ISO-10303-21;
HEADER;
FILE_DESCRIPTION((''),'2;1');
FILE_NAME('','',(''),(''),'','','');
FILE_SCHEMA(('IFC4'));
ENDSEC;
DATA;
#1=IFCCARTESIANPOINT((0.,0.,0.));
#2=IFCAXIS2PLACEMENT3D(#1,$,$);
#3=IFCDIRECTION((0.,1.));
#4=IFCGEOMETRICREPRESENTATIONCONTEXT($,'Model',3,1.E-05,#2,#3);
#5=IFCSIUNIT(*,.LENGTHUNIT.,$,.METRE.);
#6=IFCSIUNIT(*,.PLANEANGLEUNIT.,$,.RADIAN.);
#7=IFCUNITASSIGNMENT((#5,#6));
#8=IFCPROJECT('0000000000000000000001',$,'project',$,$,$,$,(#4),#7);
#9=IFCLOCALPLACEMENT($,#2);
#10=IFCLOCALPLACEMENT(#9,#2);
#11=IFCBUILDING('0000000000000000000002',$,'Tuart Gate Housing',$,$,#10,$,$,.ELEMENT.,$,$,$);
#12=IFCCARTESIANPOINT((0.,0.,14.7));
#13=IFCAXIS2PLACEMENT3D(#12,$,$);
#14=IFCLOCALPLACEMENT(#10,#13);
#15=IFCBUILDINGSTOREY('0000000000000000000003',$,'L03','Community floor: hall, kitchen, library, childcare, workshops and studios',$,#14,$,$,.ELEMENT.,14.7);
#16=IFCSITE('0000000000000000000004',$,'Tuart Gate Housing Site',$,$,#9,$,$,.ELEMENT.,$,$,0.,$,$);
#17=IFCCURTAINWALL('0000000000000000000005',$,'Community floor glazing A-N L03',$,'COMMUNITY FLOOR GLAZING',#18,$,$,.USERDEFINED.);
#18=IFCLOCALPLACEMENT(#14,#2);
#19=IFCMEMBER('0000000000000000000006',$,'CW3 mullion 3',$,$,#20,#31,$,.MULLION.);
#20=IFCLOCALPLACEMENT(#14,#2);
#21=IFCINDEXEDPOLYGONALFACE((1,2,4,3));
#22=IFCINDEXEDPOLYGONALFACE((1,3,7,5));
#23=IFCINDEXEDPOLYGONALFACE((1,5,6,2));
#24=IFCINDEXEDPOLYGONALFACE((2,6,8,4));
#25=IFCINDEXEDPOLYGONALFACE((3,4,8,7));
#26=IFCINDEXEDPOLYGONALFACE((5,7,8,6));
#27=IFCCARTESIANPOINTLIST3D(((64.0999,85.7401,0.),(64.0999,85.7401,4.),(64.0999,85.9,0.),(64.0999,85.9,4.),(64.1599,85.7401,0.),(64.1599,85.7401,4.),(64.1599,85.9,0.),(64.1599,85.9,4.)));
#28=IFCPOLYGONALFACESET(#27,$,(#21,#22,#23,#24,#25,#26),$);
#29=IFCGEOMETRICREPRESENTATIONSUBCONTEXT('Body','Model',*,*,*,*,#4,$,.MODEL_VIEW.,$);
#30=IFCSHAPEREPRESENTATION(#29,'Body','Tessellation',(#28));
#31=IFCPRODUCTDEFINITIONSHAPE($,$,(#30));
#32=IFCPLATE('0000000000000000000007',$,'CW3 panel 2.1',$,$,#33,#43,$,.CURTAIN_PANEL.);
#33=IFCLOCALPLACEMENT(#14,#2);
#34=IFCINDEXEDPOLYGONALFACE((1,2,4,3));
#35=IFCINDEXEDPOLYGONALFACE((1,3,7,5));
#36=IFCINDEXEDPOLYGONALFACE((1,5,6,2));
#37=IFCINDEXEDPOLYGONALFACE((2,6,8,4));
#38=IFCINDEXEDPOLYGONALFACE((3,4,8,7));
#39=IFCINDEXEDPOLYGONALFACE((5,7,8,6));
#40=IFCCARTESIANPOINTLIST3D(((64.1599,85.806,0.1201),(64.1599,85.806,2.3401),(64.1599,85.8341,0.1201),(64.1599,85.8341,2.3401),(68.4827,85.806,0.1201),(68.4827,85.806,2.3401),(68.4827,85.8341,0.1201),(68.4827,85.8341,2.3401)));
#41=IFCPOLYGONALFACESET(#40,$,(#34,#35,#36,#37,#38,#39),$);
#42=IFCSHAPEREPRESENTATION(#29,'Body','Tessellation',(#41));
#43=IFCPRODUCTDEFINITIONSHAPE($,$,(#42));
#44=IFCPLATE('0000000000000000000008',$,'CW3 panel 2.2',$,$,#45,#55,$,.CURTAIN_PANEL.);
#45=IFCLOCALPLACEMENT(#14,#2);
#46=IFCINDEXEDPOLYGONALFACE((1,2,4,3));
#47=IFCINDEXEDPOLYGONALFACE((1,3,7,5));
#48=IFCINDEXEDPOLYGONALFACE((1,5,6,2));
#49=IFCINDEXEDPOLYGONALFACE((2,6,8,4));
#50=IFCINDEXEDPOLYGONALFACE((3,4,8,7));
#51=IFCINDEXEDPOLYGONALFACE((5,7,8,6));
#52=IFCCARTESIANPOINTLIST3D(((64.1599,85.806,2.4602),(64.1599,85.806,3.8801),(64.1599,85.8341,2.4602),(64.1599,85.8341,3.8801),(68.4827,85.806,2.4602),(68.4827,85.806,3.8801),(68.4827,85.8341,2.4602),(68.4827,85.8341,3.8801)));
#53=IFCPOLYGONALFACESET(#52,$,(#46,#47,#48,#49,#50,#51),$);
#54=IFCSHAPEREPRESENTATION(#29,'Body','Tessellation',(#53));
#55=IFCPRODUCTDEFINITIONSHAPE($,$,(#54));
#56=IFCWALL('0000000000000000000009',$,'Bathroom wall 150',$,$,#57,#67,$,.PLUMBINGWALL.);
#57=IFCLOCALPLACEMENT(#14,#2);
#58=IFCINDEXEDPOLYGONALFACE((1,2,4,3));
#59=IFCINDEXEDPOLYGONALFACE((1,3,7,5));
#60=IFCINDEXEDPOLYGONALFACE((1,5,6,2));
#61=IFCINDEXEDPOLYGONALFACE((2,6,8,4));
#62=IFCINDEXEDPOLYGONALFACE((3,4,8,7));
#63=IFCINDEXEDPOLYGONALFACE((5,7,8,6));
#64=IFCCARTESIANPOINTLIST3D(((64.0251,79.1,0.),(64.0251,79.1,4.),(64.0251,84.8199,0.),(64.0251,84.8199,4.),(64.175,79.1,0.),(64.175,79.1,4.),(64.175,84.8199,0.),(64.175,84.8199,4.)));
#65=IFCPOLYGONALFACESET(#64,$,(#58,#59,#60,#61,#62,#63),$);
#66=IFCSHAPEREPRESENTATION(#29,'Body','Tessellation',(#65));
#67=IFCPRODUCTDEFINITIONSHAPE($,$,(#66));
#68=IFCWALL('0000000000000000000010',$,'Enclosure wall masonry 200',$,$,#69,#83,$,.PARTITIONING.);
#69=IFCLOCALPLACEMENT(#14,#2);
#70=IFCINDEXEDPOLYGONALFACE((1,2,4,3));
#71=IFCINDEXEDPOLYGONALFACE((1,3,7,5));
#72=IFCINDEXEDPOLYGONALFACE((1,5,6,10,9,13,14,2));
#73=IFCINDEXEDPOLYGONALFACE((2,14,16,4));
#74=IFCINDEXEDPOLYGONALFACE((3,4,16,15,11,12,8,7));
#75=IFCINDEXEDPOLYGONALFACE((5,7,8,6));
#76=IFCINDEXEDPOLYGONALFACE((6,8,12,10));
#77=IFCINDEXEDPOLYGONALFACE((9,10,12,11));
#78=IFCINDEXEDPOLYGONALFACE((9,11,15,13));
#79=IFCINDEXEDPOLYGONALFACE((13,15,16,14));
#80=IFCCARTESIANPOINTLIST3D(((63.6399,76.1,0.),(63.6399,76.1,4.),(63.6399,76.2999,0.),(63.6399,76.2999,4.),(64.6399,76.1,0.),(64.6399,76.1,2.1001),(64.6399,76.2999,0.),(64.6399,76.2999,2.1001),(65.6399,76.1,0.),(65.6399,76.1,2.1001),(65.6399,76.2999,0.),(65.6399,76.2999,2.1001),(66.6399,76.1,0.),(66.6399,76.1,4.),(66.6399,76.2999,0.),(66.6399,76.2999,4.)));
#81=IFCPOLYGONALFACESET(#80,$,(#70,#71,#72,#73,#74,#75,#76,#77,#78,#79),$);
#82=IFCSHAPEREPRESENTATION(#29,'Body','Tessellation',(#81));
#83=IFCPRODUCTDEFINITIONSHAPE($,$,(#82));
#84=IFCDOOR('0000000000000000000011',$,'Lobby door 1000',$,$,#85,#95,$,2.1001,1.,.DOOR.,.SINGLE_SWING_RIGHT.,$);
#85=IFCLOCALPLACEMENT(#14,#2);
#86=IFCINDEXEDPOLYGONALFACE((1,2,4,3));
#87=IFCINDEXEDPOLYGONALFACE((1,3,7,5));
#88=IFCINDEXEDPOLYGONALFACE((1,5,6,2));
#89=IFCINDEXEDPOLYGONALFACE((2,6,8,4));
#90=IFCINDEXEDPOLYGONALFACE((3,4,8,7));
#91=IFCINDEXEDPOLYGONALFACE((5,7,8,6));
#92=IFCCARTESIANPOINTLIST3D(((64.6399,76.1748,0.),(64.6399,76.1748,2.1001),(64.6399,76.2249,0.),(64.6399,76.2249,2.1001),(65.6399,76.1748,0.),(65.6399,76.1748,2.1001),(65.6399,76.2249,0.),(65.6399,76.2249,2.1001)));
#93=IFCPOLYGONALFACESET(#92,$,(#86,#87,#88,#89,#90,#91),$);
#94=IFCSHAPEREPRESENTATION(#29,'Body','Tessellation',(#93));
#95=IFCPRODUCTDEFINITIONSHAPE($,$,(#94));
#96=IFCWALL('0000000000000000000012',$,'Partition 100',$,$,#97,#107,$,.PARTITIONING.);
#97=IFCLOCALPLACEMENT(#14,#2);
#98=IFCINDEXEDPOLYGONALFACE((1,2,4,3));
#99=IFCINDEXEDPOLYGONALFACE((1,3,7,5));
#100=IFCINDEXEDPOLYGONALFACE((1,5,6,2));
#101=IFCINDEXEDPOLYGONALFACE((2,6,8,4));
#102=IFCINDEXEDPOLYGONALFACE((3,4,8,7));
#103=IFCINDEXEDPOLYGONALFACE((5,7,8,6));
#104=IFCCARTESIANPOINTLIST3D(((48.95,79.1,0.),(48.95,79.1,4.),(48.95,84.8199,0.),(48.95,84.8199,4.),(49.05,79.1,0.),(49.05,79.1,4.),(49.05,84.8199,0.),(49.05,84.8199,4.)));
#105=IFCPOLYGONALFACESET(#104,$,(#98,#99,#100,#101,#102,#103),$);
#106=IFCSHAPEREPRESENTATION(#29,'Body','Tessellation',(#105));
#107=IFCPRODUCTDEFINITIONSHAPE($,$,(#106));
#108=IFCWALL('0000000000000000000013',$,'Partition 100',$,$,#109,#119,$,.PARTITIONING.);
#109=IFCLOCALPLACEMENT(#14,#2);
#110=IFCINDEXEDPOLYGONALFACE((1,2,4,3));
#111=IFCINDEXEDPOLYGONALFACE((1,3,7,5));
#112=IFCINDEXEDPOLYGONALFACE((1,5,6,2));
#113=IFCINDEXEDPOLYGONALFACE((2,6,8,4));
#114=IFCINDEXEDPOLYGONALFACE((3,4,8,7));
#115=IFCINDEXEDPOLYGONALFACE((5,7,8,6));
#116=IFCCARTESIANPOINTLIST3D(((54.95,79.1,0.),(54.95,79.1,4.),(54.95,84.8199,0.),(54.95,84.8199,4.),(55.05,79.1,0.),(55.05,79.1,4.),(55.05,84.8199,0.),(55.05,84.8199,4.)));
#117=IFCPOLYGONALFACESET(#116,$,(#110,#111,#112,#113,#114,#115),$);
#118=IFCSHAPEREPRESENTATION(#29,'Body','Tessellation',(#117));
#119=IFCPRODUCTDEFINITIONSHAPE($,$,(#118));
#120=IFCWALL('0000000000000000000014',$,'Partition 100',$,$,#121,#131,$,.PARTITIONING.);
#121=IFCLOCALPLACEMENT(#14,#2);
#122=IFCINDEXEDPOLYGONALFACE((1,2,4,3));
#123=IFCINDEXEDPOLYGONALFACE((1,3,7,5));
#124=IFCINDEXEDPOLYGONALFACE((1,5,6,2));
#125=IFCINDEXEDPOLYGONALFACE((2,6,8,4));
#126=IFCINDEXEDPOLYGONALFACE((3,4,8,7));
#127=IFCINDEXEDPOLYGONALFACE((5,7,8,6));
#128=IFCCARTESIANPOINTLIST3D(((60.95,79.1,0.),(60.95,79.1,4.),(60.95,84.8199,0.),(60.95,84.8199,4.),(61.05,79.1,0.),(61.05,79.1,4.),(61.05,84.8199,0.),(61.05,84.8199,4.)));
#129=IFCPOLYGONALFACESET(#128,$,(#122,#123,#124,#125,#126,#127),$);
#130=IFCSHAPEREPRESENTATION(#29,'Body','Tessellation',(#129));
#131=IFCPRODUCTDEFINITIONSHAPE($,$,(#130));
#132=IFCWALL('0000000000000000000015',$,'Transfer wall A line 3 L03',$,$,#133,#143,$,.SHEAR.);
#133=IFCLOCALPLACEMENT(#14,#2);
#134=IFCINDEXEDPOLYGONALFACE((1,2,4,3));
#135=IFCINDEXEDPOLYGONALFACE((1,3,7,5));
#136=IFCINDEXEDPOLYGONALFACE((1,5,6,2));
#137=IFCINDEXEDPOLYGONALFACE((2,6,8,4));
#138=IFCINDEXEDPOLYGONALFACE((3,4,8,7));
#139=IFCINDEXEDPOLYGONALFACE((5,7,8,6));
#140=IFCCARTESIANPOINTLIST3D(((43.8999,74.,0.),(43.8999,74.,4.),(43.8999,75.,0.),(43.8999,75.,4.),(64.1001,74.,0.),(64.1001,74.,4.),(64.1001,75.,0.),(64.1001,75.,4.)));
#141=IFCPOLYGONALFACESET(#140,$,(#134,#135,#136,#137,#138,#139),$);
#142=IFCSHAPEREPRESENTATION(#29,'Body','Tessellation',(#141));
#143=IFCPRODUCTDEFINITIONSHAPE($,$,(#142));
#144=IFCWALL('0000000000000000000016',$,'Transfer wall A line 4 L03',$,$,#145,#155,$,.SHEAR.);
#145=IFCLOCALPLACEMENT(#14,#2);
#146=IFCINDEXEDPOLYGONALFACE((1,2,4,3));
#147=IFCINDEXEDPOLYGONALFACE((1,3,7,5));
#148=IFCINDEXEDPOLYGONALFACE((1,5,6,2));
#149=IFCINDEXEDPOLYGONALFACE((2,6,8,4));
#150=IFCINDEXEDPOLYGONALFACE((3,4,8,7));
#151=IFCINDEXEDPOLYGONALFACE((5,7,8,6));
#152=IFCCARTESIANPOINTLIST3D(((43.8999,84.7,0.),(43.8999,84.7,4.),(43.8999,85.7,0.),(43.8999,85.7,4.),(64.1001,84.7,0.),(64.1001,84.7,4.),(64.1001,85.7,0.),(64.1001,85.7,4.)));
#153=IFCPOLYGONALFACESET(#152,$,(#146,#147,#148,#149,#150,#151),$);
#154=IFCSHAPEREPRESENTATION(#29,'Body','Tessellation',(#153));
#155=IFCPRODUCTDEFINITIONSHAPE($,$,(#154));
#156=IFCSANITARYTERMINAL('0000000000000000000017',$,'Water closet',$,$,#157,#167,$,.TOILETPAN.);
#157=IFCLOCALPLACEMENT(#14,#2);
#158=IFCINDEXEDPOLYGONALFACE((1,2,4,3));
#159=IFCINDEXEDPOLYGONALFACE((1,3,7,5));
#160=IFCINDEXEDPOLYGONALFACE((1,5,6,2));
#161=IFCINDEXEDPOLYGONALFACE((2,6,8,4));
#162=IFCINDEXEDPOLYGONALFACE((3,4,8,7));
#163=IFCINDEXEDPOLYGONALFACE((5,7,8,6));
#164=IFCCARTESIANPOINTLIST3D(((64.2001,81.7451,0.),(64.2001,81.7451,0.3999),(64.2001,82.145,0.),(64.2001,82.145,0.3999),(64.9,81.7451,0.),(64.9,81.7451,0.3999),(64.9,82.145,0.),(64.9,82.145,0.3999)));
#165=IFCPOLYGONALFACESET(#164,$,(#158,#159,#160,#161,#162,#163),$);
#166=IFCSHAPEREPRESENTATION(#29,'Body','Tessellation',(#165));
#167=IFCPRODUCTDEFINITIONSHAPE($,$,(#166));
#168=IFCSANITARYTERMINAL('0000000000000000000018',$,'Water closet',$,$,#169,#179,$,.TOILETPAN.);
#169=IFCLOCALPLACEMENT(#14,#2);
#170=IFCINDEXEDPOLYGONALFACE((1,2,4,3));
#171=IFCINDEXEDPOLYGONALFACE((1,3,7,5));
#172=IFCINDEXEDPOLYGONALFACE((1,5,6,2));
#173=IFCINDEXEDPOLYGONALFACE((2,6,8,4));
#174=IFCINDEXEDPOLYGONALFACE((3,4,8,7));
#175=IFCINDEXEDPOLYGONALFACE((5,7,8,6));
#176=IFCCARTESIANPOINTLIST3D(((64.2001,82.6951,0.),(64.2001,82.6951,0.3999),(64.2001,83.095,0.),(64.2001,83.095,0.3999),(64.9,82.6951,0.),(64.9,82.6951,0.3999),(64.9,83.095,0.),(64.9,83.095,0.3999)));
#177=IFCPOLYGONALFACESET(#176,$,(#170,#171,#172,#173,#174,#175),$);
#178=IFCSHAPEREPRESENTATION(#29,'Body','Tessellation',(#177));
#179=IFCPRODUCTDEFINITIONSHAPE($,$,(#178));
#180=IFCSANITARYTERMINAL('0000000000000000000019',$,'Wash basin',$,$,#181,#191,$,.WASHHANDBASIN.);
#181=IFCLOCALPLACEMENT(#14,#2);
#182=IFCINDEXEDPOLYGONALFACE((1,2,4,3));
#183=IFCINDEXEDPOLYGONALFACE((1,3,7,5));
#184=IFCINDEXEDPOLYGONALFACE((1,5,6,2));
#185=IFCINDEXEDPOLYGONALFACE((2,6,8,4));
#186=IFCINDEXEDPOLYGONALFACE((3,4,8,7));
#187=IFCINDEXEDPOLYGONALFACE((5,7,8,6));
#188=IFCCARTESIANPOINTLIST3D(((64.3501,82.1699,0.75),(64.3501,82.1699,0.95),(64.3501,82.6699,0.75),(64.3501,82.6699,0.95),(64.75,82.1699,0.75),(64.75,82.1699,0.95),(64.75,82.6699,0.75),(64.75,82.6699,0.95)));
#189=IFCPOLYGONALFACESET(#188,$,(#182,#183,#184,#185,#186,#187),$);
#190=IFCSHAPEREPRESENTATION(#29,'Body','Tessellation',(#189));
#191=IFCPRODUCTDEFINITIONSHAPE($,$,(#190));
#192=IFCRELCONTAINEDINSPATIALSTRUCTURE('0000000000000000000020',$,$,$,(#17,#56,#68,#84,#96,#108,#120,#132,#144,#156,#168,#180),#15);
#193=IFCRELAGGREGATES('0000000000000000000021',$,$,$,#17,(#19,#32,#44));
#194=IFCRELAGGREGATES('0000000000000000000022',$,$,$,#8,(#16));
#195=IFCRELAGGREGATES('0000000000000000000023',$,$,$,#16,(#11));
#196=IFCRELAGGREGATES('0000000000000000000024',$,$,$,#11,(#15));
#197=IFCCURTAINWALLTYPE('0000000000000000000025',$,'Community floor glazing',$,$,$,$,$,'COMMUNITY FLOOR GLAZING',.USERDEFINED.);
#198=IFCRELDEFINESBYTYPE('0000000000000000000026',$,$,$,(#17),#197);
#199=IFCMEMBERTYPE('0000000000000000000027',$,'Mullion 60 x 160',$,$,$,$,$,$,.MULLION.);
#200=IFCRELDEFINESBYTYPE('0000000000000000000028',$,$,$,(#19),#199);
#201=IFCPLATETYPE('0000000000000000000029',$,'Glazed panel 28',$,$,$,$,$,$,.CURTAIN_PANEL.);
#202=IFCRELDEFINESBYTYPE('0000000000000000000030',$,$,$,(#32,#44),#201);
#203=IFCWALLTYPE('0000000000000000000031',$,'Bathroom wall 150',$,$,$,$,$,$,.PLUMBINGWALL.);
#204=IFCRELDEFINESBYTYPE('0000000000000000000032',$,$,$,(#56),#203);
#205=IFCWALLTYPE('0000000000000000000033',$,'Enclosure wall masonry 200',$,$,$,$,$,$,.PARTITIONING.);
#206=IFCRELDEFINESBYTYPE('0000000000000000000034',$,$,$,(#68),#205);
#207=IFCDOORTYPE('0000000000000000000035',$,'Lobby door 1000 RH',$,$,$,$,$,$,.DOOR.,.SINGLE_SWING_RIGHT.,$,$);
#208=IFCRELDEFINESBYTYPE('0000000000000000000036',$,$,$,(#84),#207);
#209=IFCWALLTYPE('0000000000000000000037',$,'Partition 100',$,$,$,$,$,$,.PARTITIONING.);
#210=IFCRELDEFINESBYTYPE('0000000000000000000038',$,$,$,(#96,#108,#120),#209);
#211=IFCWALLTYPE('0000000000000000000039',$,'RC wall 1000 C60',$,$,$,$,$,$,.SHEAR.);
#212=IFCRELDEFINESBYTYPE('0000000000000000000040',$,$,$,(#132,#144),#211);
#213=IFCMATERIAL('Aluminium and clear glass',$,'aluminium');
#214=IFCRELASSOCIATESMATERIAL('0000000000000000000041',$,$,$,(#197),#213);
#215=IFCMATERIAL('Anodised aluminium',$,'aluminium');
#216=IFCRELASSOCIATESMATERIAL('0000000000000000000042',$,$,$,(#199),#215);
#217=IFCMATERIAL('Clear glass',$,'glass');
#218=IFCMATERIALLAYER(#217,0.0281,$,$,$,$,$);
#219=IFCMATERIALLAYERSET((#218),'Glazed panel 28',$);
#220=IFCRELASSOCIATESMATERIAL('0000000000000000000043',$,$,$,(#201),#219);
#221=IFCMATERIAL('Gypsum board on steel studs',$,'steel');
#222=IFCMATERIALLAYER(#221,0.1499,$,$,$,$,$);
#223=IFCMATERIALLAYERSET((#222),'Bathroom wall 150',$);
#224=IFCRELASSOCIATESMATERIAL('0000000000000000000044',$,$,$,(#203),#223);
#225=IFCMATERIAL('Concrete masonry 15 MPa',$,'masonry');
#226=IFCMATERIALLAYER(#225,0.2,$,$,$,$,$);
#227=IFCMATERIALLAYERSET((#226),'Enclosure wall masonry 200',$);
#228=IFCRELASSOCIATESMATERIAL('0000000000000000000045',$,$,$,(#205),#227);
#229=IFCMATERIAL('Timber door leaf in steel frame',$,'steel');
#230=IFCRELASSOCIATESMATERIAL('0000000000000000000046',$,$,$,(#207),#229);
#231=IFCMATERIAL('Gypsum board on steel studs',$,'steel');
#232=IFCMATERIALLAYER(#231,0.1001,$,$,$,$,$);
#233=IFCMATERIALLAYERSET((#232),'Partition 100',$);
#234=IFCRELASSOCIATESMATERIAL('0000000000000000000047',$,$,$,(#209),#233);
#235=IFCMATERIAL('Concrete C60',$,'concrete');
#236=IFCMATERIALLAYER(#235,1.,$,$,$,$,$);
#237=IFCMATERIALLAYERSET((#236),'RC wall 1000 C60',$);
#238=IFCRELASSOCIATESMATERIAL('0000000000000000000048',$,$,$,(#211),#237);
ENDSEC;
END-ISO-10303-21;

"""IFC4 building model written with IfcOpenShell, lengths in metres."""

from ifc_helpers import new_model, si_unit, direction, frame, frame_2d, origin, origin_2d, place, context, subcontext, project, spatial, rectangle, extrude, material, layer, layer_set, material_profile, profile_set, type_object, element, fill, aggregate, save


model = new_model("IFC4")

# Units and contexts
model_context = context("Model", 3, precision=1e-05, world=origin(), true_north=direction((0.0, 1.0)))
body_context = subcontext(model_context, "Body", "Model", "MODEL_VIEW")
ifc_project = project(units=[si_unit("LENGTHUNIT", "METRE"), si_unit("PLANEANGLEUNIT", "RADIAN")], contexts=[model_context])

# Site, building, storey
site_placement = place(None, origin())
site = spatial("IfcSite", under=ifc_project, at=site_placement, Name="Tuart Gate Housing Site", CompositionType="ELEMENT", RefElevation=0.0)
building_placement = place(site_placement, origin())
building = spatial("IfcBuilding", under=site, at=building_placement, Name="Tuart Gate Housing", CompositionType="ELEMENT")
storey_placement = place(building_placement, frame((0.0, 0.0, 14.7)))
storey = spatial("IfcBuildingStorey", under=building, at=storey_placement, Name="L03", Description="Community floor: hall, kitchen, library, childcare, workshops and studios", CompositionType="ELEMENT", Elevation=14.7)

# Curtain wall, member, plates
ifc_material_1 = material(Name="Aluminium and clear glass", Category="aluminium")
curtain_wall_type = type_object("IfcCurtainWallType", Name="Community floor glazing", ElementType="COMMUNITY FLOOR GLAZING", PredefinedType="USERDEFINED", material=ifc_material_1)
curtain_wall_placement = place(storey_placement, origin())
curtain_wall = element("IfcCurtainWall", 1, at=curtain_wall_placement, inside=storey, type_object=curtain_wall_type, Name="Community floor glazing A-N L03", ObjectType="COMMUNITY FLOOR GLAZING", PredefinedType="USERDEFINED")
ifc_material_2 = material(Name="Anodised aluminium", Category="aluminium")
ifc_material_profile = material_profile(ifc_material_2, rectangle(XDim=0.0601, YDim=0.1599, at=origin_2d()), Name="60x160")
ifc_profile_set = profile_set([ifc_material_profile], Name="Anodised aluminium")
member_type = type_object("IfcMemberType", Name="Mullion 60 x 160", PredefinedType="MULLION", material=ifc_profile_set)
member_placement = place(storey_placement, frame((64.1299, 85.8201, 0.0), z_axis=(0.0, 0.0, 1.0), x_axis=(-1.0, 0.0, 0.0)))
member = element("IfcMember", 2, at=member_placement, type_object=member_type, Name="CW3 mullion 3", PredefinedType="MULLION", context=body_context, shape_type="SweptSolid", body=[
    extrude(rectangle(XDim=0.0601, YDim=0.1599, at=origin_2d()), origin(), (0.0, 0.0, 1.0), 4.0),
])
ifc_material_3 = material(Name="Clear glass", Category="glass")
ifc_layer_1 = layer(ifc_material_3, 0.0281)
ifc_layer_set_1 = layer_set([ifc_layer_1], Name="Glazed panel 28")
plate_type = type_object("IfcPlateType", Name="Glazed panel 28", PredefinedType="CURTAIN_PANEL", material=ifc_layer_set_1)
plate_1_placement = place(storey_placement, frame((66.3213, 85.8201, 0.1201), z_axis=(0.0, 0.0, 1.0), x_axis=(-1.0, 0.0, 0.0)))
plate_1 = element("IfcPlate", 3, at=plate_1_placement, type_object=plate_type, Name="CW3 panel 2.1", PredefinedType="CURTAIN_PANEL", context=body_context, shape_type="SweptSolid", body=[
    extrude(rectangle(XDim=4.3228, YDim=0.0281, at=origin_2d()), origin(), (0.0, 0.0, 1.0), 2.22),
])
plate_2_placement = place(storey_placement, frame((66.3213, 85.8201, 2.4602), z_axis=(0.0, 0.0, 1.0), x_axis=(-1.0, 0.0, 0.0)))
plate_2 = element("IfcPlate", 4, at=plate_2_placement, type_object=plate_type, Name="CW3 panel 2.2", PredefinedType="CURTAIN_PANEL", context=body_context, shape_type="SweptSolid", body=[
    extrude(rectangle(XDim=4.3228, YDim=0.0281, at=origin_2d()), origin(), (0.0, 0.0, 1.0), 1.4199),
])
aggregate(curtain_wall, [member, plate_1, plate_2])

# Wall
ifc_material_4 = material(Name="Gypsum board on steel studs", Category="steel")
ifc_layer_2 = layer(ifc_material_4, 0.1499)
ifc_layer_set_2 = layer_set([ifc_layer_2], Name="Bathroom wall 150")
wall_type_1 = type_object("IfcWallType", Name="Bathroom wall 150", PredefinedType="PLUMBINGWALL", material=ifc_layer_set_2)
wall_1_placement = place(storey_placement, frame((64.1001, 79.1001, 0.0), z_axis=(0.0, 0.0, 1.0), x_axis=(0.0, 1.0, 0.0)))
element("IfcWall", 5, at=wall_1_placement, inside=storey, type_object=wall_type_1, Name="Bathroom wall 150", PredefinedType="PLUMBINGWALL", context=body_context, shape_type="SweptSolid", body=[
    extrude(rectangle(XDim=5.72, YDim=0.1499, at=frame_2d((2.8599, 0.0))), origin(), (0.0, 0.0, 1.0), 4.0),
])

# Wall, opening, door
ifc_material_5 = material(Name="Concrete masonry 15 MPa", Category="masonry")
ifc_layer_3 = layer(ifc_material_5, 0.2)
ifc_layer_set_3 = layer_set([ifc_layer_3], Name="Enclosure wall masonry 200")
wall_type_2 = type_object("IfcWallType", Name="Enclosure wall masonry 200", PredefinedType="PARTITIONING", material=ifc_layer_set_3)
wall_2_placement = place(storey_placement, frame((63.6399, 76.2, 0.0), z_axis=(0.0, 0.0, 1.0), x_axis=(1.0, 0.0, 0.0)))
wall_2 = element("IfcWall", 6, at=wall_2_placement, inside=storey, type_object=wall_type_2, Name="Enclosure wall masonry 200", PredefinedType="PARTITIONING", context=body_context, shape_type="SweptSolid", body=[
    extrude(rectangle(XDim=3.0, YDim=0.2, at=frame_2d((1.5, 0.0))), origin(), (0.0, 0.0, 1.0), 4.0),
])
opening_placement = place(wall_2_placement, frame((1.0, 0.0, 0.0)))
opening = element("IfcOpeningElement", 7, at=opening_placement, cuts=wall_2, PredefinedType="OPENING", context=body_context, shape_type="SweptSolid", body=[
    extrude(rectangle(XDim=1.0, YDim=2.1001, at=frame_2d((0.5, 1.05))), frame((0.0, 0.1099, 0.0), z_axis=(0.0, -1.0, 0.0), x_axis=(1.0, 0.0, 0.0)), (0.0, 0.0, 1.0), 0.22),
])
ifc_material_6 = material(Name="Timber door leaf in steel frame", Category="steel")
door_type = type_object("IfcDoorType", Name="Lobby door 1000 RH", OperationType="SINGLE_SWING_RIGHT", PredefinedType="DOOR", material=ifc_material_6)
door_placement = place(opening_placement, frame((1.0, 0.0, 0.0), z_axis=(0.0, 0.0, 1.0), x_axis=(-1.0, 0.0, 0.0)))
door = element("IfcDoor", 8, at=door_placement, inside=storey, type_object=door_type, Name="Lobby door 1000", OperationType="SINGLE_SWING_RIGHT", OverallHeight=2.1001, OverallWidth=1.0, PredefinedType="DOOR", context=body_context, shape_type="SweptSolid", body=[
    extrude(rectangle(XDim=1.0, YDim=2.1001, at=frame_2d((0.5, 1.05))), frame((0.0, 0.0251, 0.0), z_axis=(0.0, -1.0, 0.0), x_axis=(1.0, 0.0, 0.0)), (0.0, 0.0, 1.0), 0.05),
])
fill(opening, door)

# Walls
ifc_material_7 = material(Name="Gypsum board on steel studs", Category="steel")
ifc_layer_4 = layer(ifc_material_7, 0.1001)
ifc_layer_set_4 = layer_set([ifc_layer_4], Name="Partition 100")
wall_type_3 = type_object("IfcWallType", Name="Partition 100", PredefinedType="PARTITIONING", material=ifc_layer_set_4)
for number, where, z_axis, x_axis, name in (
    (9, (49.0, 79.1001, 0.0), (0.0, 0.0, 1.0), (0.0, 1.0, 0.0), "Partition 100"),
    (10, (55.0, 79.1001, 0.0), (0.0, 0.0, 1.0), (0.0, 1.0, 0.0), "Partition 100"),
    (11, (61.0, 79.1001, 0.0), (0.0, 0.0, 1.0), (0.0, 1.0, 0.0), "Partition 100"),
):
    element("IfcWall", number, at=place(storey_placement, frame(where, z_axis=z_axis, x_axis=x_axis)), inside=storey, type_object=wall_type_3, Name=name, PredefinedType="PARTITIONING", context=body_context, shape_type="SweptSolid", body=[
        extrude(rectangle(XDim=5.72, YDim=0.1001, at=frame_2d((2.8599, 0.0))), origin(), (0.0, 0.0, 1.0), 4.0),
    ])
ifc_material_8 = material(Name="Concrete C60", Category="concrete")
ifc_layer_5 = layer(ifc_material_8, 1.0)
ifc_layer_set_5 = layer_set([ifc_layer_5], Name="RC wall 1000 C60")
wall_type_4 = type_object("IfcWallType", Name="RC wall 1000 C60", PredefinedType="SHEAR", material=ifc_layer_set_5)
for number, where, z_axis, x_axis, name in (
    (12, (43.8999, 74.5, 0.0), (0.0, 0.0, 1.0), (1.0, 0.0, 0.0), "Transfer wall A line 3 L03"),
    (13, (43.8999, 85.2, 0.0), (0.0, 0.0, 1.0), (1.0, 0.0, 0.0), "Transfer wall A line 4 L03"),
):
    element("IfcWall", number, at=place(storey_placement, frame(where, z_axis=z_axis, x_axis=x_axis)), inside=storey, type_object=wall_type_4, Name=name, PredefinedType="SHEAR", context=body_context, shape_type="SweptSolid", body=[
        extrude(rectangle(XDim=20.2002, YDim=1.0, at=frame_2d((10.1001, 0.0))), origin(), (0.0, 0.0, 1.0), 4.0),
    ])

# Sanitary terminals
for number, where, z_axis, x_axis, name in (
    (14, (64.55, 81.9451, 0.0), (0.0, 0.0, 1.0), (1.0, 0.0, 0.0), "Water closet"),
    (15, (64.55, 82.895, 0.0), (0.0, 0.0, 1.0), (1.0, 0.0, 0.0), "Water closet"),
):
    element("IfcSanitaryTerminal", number, at=place(storey_placement, frame(where, z_axis=z_axis, x_axis=x_axis)), inside=storey, Name=name, PredefinedType="TOILETPAN", context=body_context, shape_type="SweptSolid", body=[
        extrude(rectangle(XDim=0.7, YDim=0.3999, at=origin_2d()), origin(), (0.0, 0.0, 1.0), 0.3999),
    ])
sanitary_terminal_placement = place(storey_placement, frame((64.55, 82.4199, 0.75), z_axis=(0.0, 0.0, 1.0), x_axis=(1.0, 0.0, 0.0)))
element("IfcSanitaryTerminal", 16, at=sanitary_terminal_placement, inside=storey, Name="Wash basin", PredefinedType="WASHHANDBASIN", context=body_context, shape_type="SweptSolid", body=[
    extrude(rectangle(XDim=0.3999, YDim=0.5, at=origin_2d()), origin(), (0.0, 0.0, 1.0), 0.2),
])

save(model, "model.ifc")
